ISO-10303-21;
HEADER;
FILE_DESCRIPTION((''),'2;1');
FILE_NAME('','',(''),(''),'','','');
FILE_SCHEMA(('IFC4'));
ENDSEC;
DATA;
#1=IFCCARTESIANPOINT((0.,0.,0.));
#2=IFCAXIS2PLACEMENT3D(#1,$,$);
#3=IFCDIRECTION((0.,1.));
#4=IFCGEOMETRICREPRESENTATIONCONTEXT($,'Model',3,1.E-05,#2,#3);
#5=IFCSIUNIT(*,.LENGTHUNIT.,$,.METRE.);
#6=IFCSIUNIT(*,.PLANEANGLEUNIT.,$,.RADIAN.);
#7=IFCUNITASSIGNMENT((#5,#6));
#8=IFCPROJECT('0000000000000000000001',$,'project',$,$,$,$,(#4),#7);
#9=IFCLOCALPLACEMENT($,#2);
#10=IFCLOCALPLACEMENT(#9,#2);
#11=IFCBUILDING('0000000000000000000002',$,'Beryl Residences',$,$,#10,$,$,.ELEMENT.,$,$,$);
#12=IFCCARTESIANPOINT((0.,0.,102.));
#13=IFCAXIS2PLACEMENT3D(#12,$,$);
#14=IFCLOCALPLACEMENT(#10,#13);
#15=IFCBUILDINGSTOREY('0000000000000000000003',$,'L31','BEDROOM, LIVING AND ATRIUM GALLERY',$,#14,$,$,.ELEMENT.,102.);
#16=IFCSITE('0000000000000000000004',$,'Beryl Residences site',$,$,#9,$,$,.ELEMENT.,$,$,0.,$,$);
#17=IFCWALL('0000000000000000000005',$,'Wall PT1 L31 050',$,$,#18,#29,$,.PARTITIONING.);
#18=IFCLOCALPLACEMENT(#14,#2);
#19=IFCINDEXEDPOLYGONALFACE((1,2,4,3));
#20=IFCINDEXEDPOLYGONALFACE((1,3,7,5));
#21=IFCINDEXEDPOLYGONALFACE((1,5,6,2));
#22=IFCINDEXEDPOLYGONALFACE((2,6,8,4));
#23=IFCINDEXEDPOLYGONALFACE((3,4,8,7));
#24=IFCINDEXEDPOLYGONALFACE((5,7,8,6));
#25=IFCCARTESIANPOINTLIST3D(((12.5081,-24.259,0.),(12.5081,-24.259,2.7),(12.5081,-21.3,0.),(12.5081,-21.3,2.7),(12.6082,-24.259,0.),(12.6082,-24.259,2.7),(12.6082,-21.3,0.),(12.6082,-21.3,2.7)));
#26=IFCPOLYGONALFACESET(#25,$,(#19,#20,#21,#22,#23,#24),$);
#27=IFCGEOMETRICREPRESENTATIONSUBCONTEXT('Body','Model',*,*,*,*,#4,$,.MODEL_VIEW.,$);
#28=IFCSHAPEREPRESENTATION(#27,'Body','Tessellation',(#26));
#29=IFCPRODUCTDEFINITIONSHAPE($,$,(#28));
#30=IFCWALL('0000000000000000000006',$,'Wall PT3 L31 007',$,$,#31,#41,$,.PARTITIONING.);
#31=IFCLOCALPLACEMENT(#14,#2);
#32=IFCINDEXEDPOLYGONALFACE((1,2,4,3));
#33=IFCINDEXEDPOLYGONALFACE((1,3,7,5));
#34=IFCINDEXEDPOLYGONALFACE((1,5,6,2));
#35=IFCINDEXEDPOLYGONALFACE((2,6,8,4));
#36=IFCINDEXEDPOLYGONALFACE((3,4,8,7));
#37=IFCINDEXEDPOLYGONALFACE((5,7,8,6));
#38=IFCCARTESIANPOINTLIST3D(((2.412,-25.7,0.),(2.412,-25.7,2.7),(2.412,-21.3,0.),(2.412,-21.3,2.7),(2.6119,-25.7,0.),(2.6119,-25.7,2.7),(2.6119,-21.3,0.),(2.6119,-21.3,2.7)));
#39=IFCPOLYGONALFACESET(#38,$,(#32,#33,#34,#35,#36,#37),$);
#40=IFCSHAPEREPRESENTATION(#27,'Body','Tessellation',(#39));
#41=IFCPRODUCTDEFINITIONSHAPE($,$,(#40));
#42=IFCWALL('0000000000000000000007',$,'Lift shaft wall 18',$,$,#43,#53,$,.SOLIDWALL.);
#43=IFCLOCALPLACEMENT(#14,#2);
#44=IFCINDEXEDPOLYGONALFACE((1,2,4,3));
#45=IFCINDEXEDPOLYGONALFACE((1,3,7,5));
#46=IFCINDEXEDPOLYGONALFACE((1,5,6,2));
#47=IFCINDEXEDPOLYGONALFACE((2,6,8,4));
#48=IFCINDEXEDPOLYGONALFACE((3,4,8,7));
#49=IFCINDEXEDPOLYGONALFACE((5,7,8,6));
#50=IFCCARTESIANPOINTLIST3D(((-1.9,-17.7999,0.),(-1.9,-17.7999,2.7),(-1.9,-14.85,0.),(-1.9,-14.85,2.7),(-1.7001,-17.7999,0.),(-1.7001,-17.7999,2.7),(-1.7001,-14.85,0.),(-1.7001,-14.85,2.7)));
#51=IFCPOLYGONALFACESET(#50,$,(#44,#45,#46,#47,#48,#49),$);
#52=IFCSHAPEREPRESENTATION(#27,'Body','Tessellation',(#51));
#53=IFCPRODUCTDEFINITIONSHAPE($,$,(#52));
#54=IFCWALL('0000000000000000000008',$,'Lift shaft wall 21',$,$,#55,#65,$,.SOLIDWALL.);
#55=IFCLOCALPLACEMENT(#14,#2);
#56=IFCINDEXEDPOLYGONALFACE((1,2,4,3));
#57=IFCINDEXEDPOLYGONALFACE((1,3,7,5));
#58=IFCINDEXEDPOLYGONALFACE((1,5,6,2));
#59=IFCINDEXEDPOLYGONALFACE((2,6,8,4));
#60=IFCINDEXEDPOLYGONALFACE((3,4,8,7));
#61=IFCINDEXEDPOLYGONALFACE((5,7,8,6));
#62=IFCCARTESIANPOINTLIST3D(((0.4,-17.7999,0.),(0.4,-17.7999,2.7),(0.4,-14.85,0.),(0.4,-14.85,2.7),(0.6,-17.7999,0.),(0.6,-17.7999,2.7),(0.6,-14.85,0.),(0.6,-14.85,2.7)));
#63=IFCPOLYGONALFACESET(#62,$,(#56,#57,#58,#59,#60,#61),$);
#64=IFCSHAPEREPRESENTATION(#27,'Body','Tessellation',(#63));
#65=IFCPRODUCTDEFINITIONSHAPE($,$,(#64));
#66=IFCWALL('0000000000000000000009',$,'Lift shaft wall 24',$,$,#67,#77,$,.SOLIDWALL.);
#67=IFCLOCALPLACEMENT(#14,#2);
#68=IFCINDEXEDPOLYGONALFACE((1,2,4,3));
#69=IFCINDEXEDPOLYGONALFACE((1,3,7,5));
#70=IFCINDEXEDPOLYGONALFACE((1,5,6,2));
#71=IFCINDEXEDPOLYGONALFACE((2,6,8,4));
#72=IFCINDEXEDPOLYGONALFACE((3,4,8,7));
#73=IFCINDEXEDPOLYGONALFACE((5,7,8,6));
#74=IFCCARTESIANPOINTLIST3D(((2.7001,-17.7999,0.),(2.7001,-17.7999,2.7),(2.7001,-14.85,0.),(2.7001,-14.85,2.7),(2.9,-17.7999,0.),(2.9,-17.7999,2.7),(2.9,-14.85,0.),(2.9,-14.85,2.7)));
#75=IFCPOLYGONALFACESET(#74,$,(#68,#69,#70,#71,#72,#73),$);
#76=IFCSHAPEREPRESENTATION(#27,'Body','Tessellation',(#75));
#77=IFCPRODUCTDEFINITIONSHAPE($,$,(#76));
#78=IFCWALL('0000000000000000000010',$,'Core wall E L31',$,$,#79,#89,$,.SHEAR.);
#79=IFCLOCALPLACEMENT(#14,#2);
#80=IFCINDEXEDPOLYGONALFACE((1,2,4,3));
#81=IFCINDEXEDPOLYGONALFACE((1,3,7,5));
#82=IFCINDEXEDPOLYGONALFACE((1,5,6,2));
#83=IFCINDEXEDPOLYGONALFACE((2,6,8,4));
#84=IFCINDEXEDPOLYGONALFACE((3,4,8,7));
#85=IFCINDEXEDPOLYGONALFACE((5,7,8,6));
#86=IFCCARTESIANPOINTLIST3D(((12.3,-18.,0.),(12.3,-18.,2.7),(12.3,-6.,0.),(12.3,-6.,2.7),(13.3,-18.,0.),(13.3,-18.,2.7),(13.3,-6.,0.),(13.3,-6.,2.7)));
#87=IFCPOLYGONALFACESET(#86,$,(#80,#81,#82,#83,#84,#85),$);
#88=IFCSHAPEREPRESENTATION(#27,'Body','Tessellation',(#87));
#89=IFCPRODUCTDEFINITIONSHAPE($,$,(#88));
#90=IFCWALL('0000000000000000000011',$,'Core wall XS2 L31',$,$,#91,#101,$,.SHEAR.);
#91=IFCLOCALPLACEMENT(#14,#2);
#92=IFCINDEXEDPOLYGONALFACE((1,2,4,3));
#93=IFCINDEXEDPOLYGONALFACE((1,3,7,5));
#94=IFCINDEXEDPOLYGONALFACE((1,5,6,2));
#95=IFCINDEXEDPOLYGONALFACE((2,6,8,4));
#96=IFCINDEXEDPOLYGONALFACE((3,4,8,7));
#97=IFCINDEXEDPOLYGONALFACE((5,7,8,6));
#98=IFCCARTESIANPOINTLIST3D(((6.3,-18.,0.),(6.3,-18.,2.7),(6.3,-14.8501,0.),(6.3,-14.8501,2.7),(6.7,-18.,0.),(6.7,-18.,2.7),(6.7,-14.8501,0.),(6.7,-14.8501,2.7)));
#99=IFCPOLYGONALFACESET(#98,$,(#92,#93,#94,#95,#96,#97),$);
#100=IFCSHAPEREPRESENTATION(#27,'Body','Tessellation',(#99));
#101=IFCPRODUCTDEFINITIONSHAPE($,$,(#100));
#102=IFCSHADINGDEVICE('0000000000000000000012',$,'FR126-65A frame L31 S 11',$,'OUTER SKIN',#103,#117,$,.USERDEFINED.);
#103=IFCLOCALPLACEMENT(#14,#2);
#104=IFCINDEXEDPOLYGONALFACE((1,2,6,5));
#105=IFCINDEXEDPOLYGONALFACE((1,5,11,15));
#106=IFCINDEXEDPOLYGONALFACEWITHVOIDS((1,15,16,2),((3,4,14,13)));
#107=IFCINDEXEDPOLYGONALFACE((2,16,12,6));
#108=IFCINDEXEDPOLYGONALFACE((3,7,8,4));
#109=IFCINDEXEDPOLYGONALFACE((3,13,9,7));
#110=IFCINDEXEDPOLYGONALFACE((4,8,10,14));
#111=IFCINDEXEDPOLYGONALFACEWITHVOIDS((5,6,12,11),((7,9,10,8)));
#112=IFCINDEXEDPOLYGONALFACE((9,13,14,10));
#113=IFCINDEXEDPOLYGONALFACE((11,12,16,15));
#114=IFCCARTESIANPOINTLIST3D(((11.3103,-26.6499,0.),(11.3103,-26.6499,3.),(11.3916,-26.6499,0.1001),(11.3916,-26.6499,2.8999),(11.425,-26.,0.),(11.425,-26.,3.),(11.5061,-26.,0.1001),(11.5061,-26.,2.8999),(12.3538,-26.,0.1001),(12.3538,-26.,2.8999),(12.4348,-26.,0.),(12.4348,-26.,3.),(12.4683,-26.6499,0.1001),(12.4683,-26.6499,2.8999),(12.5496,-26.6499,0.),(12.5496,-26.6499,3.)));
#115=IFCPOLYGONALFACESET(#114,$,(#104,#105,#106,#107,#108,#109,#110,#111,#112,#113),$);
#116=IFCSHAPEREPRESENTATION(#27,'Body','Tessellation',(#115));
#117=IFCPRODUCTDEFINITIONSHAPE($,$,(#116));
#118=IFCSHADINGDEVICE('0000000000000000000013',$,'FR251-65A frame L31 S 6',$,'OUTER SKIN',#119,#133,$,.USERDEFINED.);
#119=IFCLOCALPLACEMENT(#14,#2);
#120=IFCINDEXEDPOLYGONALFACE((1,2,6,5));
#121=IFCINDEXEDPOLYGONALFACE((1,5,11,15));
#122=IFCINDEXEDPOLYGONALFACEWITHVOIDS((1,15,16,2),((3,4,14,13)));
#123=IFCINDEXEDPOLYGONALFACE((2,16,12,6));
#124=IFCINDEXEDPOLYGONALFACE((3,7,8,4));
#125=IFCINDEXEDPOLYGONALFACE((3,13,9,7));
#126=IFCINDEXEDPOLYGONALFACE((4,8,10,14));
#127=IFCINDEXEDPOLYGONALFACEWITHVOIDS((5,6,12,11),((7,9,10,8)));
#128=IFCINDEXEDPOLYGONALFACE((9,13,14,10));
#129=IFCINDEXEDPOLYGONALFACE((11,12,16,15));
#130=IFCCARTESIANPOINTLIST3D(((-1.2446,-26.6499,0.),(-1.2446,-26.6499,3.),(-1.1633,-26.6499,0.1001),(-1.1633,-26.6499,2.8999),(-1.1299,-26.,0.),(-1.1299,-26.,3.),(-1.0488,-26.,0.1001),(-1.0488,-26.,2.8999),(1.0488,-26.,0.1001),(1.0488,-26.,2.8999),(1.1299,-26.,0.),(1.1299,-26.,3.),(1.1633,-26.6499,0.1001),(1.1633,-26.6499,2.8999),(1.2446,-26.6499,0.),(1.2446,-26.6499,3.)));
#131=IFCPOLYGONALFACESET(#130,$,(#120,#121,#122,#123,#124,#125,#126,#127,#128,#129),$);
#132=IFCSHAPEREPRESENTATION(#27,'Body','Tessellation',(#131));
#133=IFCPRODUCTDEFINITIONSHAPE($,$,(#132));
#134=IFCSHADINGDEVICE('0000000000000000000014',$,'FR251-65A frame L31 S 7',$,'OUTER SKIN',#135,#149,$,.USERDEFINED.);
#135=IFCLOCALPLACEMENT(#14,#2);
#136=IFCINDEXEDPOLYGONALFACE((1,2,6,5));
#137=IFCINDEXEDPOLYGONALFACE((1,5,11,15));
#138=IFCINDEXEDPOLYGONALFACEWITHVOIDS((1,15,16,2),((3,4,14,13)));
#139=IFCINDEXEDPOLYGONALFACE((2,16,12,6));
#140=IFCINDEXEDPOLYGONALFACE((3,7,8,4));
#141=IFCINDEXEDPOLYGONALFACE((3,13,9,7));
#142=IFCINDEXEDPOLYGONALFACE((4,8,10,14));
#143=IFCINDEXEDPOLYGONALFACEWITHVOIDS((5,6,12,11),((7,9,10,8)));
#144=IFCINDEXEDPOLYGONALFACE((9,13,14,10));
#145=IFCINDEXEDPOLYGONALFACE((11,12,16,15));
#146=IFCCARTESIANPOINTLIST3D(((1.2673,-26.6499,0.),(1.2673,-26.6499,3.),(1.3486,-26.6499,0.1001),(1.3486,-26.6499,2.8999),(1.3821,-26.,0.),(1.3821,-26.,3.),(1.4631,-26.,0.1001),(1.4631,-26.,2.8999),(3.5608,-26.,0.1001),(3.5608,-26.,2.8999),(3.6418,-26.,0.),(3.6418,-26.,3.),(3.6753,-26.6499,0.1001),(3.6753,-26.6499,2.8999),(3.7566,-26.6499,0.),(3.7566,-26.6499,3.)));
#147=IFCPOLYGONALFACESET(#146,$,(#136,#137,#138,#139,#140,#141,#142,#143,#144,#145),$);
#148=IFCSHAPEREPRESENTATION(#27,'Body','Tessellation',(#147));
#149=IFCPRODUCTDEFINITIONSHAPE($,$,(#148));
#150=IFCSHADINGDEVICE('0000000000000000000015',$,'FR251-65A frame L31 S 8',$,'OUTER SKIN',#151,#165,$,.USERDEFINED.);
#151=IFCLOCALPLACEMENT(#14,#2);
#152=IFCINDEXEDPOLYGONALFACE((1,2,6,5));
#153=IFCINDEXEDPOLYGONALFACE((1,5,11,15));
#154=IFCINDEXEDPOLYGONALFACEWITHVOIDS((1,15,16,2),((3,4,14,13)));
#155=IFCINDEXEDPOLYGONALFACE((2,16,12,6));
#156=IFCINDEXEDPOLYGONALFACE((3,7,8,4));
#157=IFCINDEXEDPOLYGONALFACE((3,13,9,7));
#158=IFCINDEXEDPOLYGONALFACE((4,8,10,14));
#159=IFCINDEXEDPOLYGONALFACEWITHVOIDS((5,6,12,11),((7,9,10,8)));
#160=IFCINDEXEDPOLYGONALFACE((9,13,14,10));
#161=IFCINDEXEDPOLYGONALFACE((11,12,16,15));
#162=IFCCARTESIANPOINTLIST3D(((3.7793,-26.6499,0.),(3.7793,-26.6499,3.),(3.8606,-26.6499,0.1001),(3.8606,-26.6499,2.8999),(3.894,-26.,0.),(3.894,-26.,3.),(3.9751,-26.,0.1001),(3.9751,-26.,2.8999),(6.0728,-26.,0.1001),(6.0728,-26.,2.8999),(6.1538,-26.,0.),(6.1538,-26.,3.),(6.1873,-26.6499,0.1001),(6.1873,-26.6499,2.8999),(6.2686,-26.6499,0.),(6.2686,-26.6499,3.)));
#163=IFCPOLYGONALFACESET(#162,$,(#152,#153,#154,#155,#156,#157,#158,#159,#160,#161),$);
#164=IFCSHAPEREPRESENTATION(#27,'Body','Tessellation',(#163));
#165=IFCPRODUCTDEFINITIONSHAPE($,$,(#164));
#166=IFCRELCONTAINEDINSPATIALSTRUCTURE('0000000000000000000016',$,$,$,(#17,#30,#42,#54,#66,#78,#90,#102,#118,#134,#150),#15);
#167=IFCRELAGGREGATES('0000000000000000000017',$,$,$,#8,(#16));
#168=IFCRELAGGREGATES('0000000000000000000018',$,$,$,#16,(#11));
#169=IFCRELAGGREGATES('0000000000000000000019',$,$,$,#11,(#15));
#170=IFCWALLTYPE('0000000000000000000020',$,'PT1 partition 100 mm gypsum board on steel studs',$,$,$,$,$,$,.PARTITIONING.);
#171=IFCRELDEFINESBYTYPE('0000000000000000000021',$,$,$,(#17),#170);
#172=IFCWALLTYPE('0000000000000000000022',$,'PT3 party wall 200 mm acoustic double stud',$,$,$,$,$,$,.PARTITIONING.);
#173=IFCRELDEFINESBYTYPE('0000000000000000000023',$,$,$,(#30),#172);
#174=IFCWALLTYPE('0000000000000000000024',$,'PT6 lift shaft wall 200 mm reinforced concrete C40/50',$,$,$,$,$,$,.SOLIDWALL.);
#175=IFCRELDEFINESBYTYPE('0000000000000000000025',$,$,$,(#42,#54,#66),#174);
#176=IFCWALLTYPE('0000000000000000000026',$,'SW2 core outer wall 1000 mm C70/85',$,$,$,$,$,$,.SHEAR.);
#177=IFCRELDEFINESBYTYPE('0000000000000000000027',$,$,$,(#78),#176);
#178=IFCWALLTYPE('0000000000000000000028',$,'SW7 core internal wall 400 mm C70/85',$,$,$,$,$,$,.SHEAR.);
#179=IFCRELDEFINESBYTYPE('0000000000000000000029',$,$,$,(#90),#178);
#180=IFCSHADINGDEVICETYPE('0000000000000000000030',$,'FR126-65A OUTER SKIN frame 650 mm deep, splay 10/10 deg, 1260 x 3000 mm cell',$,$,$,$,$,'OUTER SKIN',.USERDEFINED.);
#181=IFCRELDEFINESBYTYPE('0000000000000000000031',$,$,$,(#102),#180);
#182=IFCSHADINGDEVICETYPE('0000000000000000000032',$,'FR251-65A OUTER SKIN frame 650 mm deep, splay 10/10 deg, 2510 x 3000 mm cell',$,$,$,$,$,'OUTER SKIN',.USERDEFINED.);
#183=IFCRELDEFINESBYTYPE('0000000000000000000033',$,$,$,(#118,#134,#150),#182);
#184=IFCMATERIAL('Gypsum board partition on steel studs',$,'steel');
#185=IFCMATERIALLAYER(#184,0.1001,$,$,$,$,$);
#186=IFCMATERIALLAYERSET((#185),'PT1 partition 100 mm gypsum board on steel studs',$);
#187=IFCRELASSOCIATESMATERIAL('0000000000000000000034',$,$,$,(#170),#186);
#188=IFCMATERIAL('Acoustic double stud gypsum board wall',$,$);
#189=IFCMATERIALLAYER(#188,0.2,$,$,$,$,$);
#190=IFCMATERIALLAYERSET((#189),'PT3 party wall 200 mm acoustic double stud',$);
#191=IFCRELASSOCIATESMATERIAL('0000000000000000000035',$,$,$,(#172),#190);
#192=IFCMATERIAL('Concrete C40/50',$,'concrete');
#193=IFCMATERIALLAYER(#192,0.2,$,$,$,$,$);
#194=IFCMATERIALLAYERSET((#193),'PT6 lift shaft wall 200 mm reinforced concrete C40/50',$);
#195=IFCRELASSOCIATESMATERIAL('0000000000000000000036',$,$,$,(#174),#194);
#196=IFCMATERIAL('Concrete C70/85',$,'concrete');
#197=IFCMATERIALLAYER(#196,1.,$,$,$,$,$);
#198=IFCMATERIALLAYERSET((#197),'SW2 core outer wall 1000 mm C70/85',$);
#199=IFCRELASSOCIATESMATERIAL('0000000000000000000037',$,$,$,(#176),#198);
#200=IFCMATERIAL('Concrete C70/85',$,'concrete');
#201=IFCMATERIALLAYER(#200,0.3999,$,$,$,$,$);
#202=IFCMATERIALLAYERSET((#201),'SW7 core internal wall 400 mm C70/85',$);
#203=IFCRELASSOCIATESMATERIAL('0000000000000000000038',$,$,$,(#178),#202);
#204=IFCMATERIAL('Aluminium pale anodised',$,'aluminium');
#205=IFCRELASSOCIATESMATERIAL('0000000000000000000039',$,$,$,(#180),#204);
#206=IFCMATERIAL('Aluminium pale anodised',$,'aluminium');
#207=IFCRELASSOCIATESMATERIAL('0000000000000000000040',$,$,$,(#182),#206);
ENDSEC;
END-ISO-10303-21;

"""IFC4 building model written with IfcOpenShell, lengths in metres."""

from ifc_helpers import new_model, entity, si_unit, direction, frame, frame_2d, origin, place, context, subcontext, project, spatial, rectangle, extrude, source, transform, mapped, material, layer, layer_set, type_object, type_shapes, element, save


model = new_model("IFC4")

# Units and contexts
model_context = context("Model", 3, precision=1e-05, world=origin(), true_north=direction((0.0, 1.0)))
body_context = subcontext(model_context, "Body", "Model", "MODEL_VIEW")
ifc_project = project(units=[si_unit("LENGTHUNIT", "METRE"), si_unit("PLANEANGLEUNIT", "RADIAN")], contexts=[model_context])

# Site, building, storey
site_placement = place(None, origin())
site = spatial("IfcSite", under=ifc_project, at=site_placement, Name="Beryl Residences site", CompositionType="ELEMENT", RefElevation=0.0)
building_placement = place(site_placement, origin())
building = spatial("IfcBuilding", under=site, at=building_placement, Name="Beryl Residences", CompositionType="ELEMENT")
storey_placement = place(building_placement, frame((0.0, 0.0, 102.0)))
storey = spatial("IfcBuildingStorey", under=building, at=storey_placement, Name="L31", Description="BEDROOM, LIVING AND ATRIUM GALLERY", CompositionType="ELEMENT", Elevation=102.0)

# Shared definitions
ifc_material_1 = material(Name="Gypsum board partition on steel studs", Category="steel")
ifc_layer_1 = layer(ifc_material_1, 0.1001)
ifc_layer_set_1 = layer_set([ifc_layer_1], Name="PT1 partition 100 mm gypsum board on steel studs")
wall_type_1 = type_object("IfcWallType", Name="PT1 partition 100 mm gypsum board on steel studs", PredefinedType="PARTITIONING", material=ifc_layer_set_1)

# Walls
wall_1_placement = place(storey_placement, frame((12.5581, -24.259, 0.0), z_axis=(0.0, 0.0, 1.0), x_axis=(0.0, 1.0, 0.0)))
element("IfcWall", 1, at=wall_1_placement, inside=storey, type_object=wall_type_1, Name="Wall PT1 L31 050", PredefinedType="PARTITIONING", context=body_context, shape_type="SweptSolid", body=[
    extrude(rectangle(XDim=2.959, YDim=0.1001, at=frame_2d((1.4795, 0.0))), origin(), (0.0, 0.0, 1.0), 2.7),
])
ifc_material_2 = material(Name="Acoustic double stud gypsum board wall")
ifc_layer_2 = layer(ifc_material_2, 0.2)
ifc_layer_set_2 = layer_set([ifc_layer_2], Name="PT3 party wall 200 mm acoustic double stud")
wall_type_2 = type_object("IfcWallType", Name="PT3 party wall 200 mm acoustic double stud", PredefinedType="PARTITIONING", material=ifc_layer_set_2)
wall_2_placement = place(storey_placement, frame((2.512, -25.7, 0.0), z_axis=(0.0, 0.0, 1.0), x_axis=(0.0, 1.0, 0.0)))
element("IfcWall", 2, at=wall_2_placement, inside=storey, type_object=wall_type_2, Name="Wall PT3 L31 007", PredefinedType="PARTITIONING", context=body_context, shape_type="SweptSolid", body=[
    extrude(rectangle(XDim=4.3999, YDim=0.2, at=frame_2d((2.2, 0.0))), origin(), (0.0, 0.0, 1.0), 2.7),
])
ifc_material_3 = material(Name="Concrete C40/50", Category="concrete")
ifc_layer_3 = layer(ifc_material_3, 0.2)
ifc_layer_set_3 = layer_set([ifc_layer_3], Name="PT6 lift shaft wall 200 mm reinforced concrete C40/50")
wall_type_3 = type_object("IfcWallType", Name="PT6 lift shaft wall 200 mm reinforced concrete C40/50", PredefinedType="SOLIDWALL", material=ifc_layer_set_3)
for number, where, z_axis, x_axis, name in (
    (3, (-1.8, -17.8, 0.0), (0.0, 0.0, 1.0), (0.0, 1.0, 0.0), "Lift shaft wall 18"),
    (4, (0.5, -17.8, 0.0), (0.0, 0.0, 1.0), (0.0, 1.0, 0.0), "Lift shaft wall 21"),
    (5, (2.8, -17.8, 0.0), (0.0, 0.0, 1.0), (0.0, 1.0, 0.0), "Lift shaft wall 24"),
):
    element("IfcWall", number, at=place(storey_placement, frame(where, z_axis=z_axis, x_axis=x_axis)), inside=storey, type_object=wall_type_3, Name=name, PredefinedType="SOLIDWALL", context=body_context, shape_type="SweptSolid", body=[
        extrude(rectangle(XDim=2.95, YDim=0.2, at=frame_2d((1.4751, 0.0))), origin(), (0.0, 0.0, 1.0), 2.7),
    ])
ifc_material_4 = material(Name="Concrete C70/85", Category="concrete")
ifc_layer_4 = layer(ifc_material_4, 1.0)
ifc_layer_set_4 = layer_set([ifc_layer_4], Name="SW2 core outer wall 1000 mm C70/85")
wall_type_4 = type_object("IfcWallType", Name="SW2 core outer wall 1000 mm C70/85", PredefinedType="SHEAR", material=ifc_layer_set_4)
wall_3_placement = place(storey_placement, frame((12.8, -18.0, 0.0), z_axis=(0.0, 0.0, 1.0), x_axis=(0.0, 1.0, 0.0)))
element("IfcWall", 6, at=wall_3_placement, inside=storey, type_object=wall_type_4, Name="Core wall E L31", PredefinedType="SHEAR", context=body_context, shape_type="SweptSolid", body=[
    extrude(rectangle(XDim=12.0, YDim=1.0, at=frame_2d((6.0, 0.0))), origin(), (0.0, 0.0, 1.0), 2.7),
])
ifc_material_5 = material(Name="Concrete C70/85", Category="concrete")
ifc_layer_5 = layer(ifc_material_5, 0.3999)
ifc_layer_set_5 = layer_set([ifc_layer_5], Name="SW7 core internal wall 400 mm C70/85")
wall_type_5 = type_object("IfcWallType", Name="SW7 core internal wall 400 mm C70/85", PredefinedType="SHEAR", material=ifc_layer_set_5)
wall_4_placement = place(storey_placement, frame((6.5, -18.0, 0.0), z_axis=(0.0, 0.0, 1.0), x_axis=(0.0, 1.0, 0.0)))
element("IfcWall", 7, at=wall_4_placement, inside=storey, type_object=wall_type_5, Name="Core wall XS2 L31", PredefinedType="SHEAR", context=body_context, shape_type="SweptSolid", body=[
    extrude(rectangle(XDim=3.1499, YDim=0.3999, at=frame_2d((1.575, 0.0))), origin(), (0.0, 0.0, 1.0), 2.7),
])

# Shading devices
ifc_material_6 = material(Name="Aluminium pale anodised", Category="aluminium")
shading_device_type_1 = type_object("IfcShadingDeviceType", Name="FR126-65A OUTER SKIN frame 650 mm deep, splay 10/10 deg, 1260 x 3000 mm cell", ElementType="OUTER SKIN", PredefinedType="USERDEFINED", material=ifc_material_6)
cartesian_point_1 = entity("IfcCartesianPoint", [-0.5049, 0.0])
cartesian_point_2 = entity("IfcCartesianPoint", [-0.4238, 0.1001])
cartesian_point_3 = entity("IfcCartesianPoint", [-0.6196, 0.0])
cartesian_point_4 = entity("IfcCartesianPoint", [-0.5383, 0.1001])
shared_shape_1 = source(origin(), body_context, "Body", "SweptSolid", [
    entity("IfcExtrudedAreaSolidTapered", entity("IfcArbitraryProfileDefWithVoids", "AREA", None, entity("IfcPolyline", [cartesian_point_1, entity("IfcCartesianPoint", [0.5049, 0.0]), entity("IfcCartesianPoint", [0.5049, 3.0]), entity("IfcCartesianPoint", [-0.5049, 3.0]), cartesian_point_1]), [entity("IfcPolyline", [cartesian_point_2, entity("IfcCartesianPoint", [0.4238, 0.1001]), entity("IfcCartesianPoint", [0.4238, 2.8999]), entity("IfcCartesianPoint", [-0.4238, 2.8999]), cartesian_point_2])]), entity("IfcAxis2Placement3D", entity("IfcCartesianPoint", [0.0, 0.0, 0.0]), entity("IfcDirection", [0.0, 1.0, 0.0]), entity("IfcDirection", [-1.0, 0.0, 0.0])), entity("IfcDirection", [0.0, 0.0, 1.0]), 0.6499, entity("IfcArbitraryProfileDefWithVoids", "AREA", None, entity("IfcPolyline", [cartesian_point_3, entity("IfcCartesianPoint", [0.6196, 0.0]), entity("IfcCartesianPoint", [0.6196, 3.0]), entity("IfcCartesianPoint", [-0.6196, 3.0]), cartesian_point_3]), [entity("IfcPolyline", [cartesian_point_4, entity("IfcCartesianPoint", [0.5383, 0.1001]), entity("IfcCartesianPoint", [0.5383, 2.8999]), entity("IfcCartesianPoint", [-0.5383, 2.8999]), cartesian_point_4])])),
])
type_shapes(shading_device_type_1, [shared_shape_1])
shading_device_placement = place(storey_placement, frame((11.9299, -26.0, 0.0), z_axis=(0.0, 0.0, 1.0), x_axis=(-1.0, 0.0, 0.0)))
element("IfcShadingDevice", 8, at=shading_device_placement, inside=storey, type_object=shading_device_type_1, Name="FR126-65A frame L31 S 11", ObjectType="OUTER SKIN", PredefinedType="USERDEFINED", context=body_context, shape_type="MappedRepresentation", body=[
    mapped(shared_shape_1, transform((0.0, 0.0, 0.0))),
])
ifc_material_7 = material(Name="Aluminium pale anodised", Category="aluminium")
shading_device_type_2 = type_object("IfcShadingDeviceType", Name="FR251-65A OUTER SKIN frame 650 mm deep, splay 10/10 deg, 2510 x 3000 mm cell", ElementType="OUTER SKIN", PredefinedType="USERDEFINED", material=ifc_material_7)
cartesian_point_5 = entity("IfcCartesianPoint", [-1.1299, 0.0])
cartesian_point_6 = entity("IfcCartesianPoint", [-1.0488, 0.1001])
cartesian_point_7 = entity("IfcCartesianPoint", [-1.2446, 0.0])
cartesian_point_8 = entity("IfcCartesianPoint", [-1.1633, 0.1001])
shared_shape_2 = source(origin(), body_context, "Body", "SweptSolid", [
    entity("IfcExtrudedAreaSolidTapered", entity("IfcArbitraryProfileDefWithVoids", "AREA", None, entity("IfcPolyline", [cartesian_point_5, entity("IfcCartesianPoint", [1.1299, 0.0]), entity("IfcCartesianPoint", [1.1299, 3.0]), entity("IfcCartesianPoint", [-1.1299, 3.0]), cartesian_point_5]), [entity("IfcPolyline", [cartesian_point_6, entity("IfcCartesianPoint", [1.0488, 0.1001]), entity("IfcCartesianPoint", [1.0488, 2.8999]), entity("IfcCartesianPoint", [-1.0488, 2.8999]), cartesian_point_6])]), entity("IfcAxis2Placement3D", entity("IfcCartesianPoint", [0.0, 0.0, 0.0]), entity("IfcDirection", [0.0, 1.0, 0.0]), entity("IfcDirection", [-1.0, 0.0, 0.0])), entity("IfcDirection", [0.0, 0.0, 1.0]), 0.6499, entity("IfcArbitraryProfileDefWithVoids", "AREA", None, entity("IfcPolyline", [cartesian_point_7, entity("IfcCartesianPoint", [1.2446, 0.0]), entity("IfcCartesianPoint", [1.2446, 3.0]), entity("IfcCartesianPoint", [-1.2446, 3.0]), cartesian_point_7]), [entity("IfcPolyline", [cartesian_point_8, entity("IfcCartesianPoint", [1.1633, 0.1001]), entity("IfcCartesianPoint", [1.1633, 2.8999]), entity("IfcCartesianPoint", [-1.1633, 2.8999]), cartesian_point_8])])),
])
type_shapes(shading_device_type_2, [shared_shape_2])
for number, where, z_axis, x_axis, name in (
    (9, (0.0, -26.0, 0.0), (0.0, 0.0, 1.0), (-1.0, 0.0, 0.0), "FR251-65A frame L31 S 6"),
    (10, (2.512, -26.0, 0.0), (0.0, 0.0, 1.0), (-1.0, 0.0, 0.0), "FR251-65A frame L31 S 7"),
    (11, (5.0239, -26.0, 0.0), (0.0, 0.0, 1.0), (-1.0, 0.0, 0.0), "FR251-65A frame L31 S 8"),
):
    element("IfcShadingDevice", number, at=place(storey_placement, frame(where, z_axis=z_axis, x_axis=x_axis)), inside=storey, type_object=shading_device_type_2, Name=name, ObjectType="OUTER SKIN", PredefinedType="USERDEFINED", context=body_context, shape_type="MappedRepresentation", body=[
        mapped(shared_shape_2, transform((0.0, 0.0, 0.0))),
    ])

save(model, "model.ifc")
